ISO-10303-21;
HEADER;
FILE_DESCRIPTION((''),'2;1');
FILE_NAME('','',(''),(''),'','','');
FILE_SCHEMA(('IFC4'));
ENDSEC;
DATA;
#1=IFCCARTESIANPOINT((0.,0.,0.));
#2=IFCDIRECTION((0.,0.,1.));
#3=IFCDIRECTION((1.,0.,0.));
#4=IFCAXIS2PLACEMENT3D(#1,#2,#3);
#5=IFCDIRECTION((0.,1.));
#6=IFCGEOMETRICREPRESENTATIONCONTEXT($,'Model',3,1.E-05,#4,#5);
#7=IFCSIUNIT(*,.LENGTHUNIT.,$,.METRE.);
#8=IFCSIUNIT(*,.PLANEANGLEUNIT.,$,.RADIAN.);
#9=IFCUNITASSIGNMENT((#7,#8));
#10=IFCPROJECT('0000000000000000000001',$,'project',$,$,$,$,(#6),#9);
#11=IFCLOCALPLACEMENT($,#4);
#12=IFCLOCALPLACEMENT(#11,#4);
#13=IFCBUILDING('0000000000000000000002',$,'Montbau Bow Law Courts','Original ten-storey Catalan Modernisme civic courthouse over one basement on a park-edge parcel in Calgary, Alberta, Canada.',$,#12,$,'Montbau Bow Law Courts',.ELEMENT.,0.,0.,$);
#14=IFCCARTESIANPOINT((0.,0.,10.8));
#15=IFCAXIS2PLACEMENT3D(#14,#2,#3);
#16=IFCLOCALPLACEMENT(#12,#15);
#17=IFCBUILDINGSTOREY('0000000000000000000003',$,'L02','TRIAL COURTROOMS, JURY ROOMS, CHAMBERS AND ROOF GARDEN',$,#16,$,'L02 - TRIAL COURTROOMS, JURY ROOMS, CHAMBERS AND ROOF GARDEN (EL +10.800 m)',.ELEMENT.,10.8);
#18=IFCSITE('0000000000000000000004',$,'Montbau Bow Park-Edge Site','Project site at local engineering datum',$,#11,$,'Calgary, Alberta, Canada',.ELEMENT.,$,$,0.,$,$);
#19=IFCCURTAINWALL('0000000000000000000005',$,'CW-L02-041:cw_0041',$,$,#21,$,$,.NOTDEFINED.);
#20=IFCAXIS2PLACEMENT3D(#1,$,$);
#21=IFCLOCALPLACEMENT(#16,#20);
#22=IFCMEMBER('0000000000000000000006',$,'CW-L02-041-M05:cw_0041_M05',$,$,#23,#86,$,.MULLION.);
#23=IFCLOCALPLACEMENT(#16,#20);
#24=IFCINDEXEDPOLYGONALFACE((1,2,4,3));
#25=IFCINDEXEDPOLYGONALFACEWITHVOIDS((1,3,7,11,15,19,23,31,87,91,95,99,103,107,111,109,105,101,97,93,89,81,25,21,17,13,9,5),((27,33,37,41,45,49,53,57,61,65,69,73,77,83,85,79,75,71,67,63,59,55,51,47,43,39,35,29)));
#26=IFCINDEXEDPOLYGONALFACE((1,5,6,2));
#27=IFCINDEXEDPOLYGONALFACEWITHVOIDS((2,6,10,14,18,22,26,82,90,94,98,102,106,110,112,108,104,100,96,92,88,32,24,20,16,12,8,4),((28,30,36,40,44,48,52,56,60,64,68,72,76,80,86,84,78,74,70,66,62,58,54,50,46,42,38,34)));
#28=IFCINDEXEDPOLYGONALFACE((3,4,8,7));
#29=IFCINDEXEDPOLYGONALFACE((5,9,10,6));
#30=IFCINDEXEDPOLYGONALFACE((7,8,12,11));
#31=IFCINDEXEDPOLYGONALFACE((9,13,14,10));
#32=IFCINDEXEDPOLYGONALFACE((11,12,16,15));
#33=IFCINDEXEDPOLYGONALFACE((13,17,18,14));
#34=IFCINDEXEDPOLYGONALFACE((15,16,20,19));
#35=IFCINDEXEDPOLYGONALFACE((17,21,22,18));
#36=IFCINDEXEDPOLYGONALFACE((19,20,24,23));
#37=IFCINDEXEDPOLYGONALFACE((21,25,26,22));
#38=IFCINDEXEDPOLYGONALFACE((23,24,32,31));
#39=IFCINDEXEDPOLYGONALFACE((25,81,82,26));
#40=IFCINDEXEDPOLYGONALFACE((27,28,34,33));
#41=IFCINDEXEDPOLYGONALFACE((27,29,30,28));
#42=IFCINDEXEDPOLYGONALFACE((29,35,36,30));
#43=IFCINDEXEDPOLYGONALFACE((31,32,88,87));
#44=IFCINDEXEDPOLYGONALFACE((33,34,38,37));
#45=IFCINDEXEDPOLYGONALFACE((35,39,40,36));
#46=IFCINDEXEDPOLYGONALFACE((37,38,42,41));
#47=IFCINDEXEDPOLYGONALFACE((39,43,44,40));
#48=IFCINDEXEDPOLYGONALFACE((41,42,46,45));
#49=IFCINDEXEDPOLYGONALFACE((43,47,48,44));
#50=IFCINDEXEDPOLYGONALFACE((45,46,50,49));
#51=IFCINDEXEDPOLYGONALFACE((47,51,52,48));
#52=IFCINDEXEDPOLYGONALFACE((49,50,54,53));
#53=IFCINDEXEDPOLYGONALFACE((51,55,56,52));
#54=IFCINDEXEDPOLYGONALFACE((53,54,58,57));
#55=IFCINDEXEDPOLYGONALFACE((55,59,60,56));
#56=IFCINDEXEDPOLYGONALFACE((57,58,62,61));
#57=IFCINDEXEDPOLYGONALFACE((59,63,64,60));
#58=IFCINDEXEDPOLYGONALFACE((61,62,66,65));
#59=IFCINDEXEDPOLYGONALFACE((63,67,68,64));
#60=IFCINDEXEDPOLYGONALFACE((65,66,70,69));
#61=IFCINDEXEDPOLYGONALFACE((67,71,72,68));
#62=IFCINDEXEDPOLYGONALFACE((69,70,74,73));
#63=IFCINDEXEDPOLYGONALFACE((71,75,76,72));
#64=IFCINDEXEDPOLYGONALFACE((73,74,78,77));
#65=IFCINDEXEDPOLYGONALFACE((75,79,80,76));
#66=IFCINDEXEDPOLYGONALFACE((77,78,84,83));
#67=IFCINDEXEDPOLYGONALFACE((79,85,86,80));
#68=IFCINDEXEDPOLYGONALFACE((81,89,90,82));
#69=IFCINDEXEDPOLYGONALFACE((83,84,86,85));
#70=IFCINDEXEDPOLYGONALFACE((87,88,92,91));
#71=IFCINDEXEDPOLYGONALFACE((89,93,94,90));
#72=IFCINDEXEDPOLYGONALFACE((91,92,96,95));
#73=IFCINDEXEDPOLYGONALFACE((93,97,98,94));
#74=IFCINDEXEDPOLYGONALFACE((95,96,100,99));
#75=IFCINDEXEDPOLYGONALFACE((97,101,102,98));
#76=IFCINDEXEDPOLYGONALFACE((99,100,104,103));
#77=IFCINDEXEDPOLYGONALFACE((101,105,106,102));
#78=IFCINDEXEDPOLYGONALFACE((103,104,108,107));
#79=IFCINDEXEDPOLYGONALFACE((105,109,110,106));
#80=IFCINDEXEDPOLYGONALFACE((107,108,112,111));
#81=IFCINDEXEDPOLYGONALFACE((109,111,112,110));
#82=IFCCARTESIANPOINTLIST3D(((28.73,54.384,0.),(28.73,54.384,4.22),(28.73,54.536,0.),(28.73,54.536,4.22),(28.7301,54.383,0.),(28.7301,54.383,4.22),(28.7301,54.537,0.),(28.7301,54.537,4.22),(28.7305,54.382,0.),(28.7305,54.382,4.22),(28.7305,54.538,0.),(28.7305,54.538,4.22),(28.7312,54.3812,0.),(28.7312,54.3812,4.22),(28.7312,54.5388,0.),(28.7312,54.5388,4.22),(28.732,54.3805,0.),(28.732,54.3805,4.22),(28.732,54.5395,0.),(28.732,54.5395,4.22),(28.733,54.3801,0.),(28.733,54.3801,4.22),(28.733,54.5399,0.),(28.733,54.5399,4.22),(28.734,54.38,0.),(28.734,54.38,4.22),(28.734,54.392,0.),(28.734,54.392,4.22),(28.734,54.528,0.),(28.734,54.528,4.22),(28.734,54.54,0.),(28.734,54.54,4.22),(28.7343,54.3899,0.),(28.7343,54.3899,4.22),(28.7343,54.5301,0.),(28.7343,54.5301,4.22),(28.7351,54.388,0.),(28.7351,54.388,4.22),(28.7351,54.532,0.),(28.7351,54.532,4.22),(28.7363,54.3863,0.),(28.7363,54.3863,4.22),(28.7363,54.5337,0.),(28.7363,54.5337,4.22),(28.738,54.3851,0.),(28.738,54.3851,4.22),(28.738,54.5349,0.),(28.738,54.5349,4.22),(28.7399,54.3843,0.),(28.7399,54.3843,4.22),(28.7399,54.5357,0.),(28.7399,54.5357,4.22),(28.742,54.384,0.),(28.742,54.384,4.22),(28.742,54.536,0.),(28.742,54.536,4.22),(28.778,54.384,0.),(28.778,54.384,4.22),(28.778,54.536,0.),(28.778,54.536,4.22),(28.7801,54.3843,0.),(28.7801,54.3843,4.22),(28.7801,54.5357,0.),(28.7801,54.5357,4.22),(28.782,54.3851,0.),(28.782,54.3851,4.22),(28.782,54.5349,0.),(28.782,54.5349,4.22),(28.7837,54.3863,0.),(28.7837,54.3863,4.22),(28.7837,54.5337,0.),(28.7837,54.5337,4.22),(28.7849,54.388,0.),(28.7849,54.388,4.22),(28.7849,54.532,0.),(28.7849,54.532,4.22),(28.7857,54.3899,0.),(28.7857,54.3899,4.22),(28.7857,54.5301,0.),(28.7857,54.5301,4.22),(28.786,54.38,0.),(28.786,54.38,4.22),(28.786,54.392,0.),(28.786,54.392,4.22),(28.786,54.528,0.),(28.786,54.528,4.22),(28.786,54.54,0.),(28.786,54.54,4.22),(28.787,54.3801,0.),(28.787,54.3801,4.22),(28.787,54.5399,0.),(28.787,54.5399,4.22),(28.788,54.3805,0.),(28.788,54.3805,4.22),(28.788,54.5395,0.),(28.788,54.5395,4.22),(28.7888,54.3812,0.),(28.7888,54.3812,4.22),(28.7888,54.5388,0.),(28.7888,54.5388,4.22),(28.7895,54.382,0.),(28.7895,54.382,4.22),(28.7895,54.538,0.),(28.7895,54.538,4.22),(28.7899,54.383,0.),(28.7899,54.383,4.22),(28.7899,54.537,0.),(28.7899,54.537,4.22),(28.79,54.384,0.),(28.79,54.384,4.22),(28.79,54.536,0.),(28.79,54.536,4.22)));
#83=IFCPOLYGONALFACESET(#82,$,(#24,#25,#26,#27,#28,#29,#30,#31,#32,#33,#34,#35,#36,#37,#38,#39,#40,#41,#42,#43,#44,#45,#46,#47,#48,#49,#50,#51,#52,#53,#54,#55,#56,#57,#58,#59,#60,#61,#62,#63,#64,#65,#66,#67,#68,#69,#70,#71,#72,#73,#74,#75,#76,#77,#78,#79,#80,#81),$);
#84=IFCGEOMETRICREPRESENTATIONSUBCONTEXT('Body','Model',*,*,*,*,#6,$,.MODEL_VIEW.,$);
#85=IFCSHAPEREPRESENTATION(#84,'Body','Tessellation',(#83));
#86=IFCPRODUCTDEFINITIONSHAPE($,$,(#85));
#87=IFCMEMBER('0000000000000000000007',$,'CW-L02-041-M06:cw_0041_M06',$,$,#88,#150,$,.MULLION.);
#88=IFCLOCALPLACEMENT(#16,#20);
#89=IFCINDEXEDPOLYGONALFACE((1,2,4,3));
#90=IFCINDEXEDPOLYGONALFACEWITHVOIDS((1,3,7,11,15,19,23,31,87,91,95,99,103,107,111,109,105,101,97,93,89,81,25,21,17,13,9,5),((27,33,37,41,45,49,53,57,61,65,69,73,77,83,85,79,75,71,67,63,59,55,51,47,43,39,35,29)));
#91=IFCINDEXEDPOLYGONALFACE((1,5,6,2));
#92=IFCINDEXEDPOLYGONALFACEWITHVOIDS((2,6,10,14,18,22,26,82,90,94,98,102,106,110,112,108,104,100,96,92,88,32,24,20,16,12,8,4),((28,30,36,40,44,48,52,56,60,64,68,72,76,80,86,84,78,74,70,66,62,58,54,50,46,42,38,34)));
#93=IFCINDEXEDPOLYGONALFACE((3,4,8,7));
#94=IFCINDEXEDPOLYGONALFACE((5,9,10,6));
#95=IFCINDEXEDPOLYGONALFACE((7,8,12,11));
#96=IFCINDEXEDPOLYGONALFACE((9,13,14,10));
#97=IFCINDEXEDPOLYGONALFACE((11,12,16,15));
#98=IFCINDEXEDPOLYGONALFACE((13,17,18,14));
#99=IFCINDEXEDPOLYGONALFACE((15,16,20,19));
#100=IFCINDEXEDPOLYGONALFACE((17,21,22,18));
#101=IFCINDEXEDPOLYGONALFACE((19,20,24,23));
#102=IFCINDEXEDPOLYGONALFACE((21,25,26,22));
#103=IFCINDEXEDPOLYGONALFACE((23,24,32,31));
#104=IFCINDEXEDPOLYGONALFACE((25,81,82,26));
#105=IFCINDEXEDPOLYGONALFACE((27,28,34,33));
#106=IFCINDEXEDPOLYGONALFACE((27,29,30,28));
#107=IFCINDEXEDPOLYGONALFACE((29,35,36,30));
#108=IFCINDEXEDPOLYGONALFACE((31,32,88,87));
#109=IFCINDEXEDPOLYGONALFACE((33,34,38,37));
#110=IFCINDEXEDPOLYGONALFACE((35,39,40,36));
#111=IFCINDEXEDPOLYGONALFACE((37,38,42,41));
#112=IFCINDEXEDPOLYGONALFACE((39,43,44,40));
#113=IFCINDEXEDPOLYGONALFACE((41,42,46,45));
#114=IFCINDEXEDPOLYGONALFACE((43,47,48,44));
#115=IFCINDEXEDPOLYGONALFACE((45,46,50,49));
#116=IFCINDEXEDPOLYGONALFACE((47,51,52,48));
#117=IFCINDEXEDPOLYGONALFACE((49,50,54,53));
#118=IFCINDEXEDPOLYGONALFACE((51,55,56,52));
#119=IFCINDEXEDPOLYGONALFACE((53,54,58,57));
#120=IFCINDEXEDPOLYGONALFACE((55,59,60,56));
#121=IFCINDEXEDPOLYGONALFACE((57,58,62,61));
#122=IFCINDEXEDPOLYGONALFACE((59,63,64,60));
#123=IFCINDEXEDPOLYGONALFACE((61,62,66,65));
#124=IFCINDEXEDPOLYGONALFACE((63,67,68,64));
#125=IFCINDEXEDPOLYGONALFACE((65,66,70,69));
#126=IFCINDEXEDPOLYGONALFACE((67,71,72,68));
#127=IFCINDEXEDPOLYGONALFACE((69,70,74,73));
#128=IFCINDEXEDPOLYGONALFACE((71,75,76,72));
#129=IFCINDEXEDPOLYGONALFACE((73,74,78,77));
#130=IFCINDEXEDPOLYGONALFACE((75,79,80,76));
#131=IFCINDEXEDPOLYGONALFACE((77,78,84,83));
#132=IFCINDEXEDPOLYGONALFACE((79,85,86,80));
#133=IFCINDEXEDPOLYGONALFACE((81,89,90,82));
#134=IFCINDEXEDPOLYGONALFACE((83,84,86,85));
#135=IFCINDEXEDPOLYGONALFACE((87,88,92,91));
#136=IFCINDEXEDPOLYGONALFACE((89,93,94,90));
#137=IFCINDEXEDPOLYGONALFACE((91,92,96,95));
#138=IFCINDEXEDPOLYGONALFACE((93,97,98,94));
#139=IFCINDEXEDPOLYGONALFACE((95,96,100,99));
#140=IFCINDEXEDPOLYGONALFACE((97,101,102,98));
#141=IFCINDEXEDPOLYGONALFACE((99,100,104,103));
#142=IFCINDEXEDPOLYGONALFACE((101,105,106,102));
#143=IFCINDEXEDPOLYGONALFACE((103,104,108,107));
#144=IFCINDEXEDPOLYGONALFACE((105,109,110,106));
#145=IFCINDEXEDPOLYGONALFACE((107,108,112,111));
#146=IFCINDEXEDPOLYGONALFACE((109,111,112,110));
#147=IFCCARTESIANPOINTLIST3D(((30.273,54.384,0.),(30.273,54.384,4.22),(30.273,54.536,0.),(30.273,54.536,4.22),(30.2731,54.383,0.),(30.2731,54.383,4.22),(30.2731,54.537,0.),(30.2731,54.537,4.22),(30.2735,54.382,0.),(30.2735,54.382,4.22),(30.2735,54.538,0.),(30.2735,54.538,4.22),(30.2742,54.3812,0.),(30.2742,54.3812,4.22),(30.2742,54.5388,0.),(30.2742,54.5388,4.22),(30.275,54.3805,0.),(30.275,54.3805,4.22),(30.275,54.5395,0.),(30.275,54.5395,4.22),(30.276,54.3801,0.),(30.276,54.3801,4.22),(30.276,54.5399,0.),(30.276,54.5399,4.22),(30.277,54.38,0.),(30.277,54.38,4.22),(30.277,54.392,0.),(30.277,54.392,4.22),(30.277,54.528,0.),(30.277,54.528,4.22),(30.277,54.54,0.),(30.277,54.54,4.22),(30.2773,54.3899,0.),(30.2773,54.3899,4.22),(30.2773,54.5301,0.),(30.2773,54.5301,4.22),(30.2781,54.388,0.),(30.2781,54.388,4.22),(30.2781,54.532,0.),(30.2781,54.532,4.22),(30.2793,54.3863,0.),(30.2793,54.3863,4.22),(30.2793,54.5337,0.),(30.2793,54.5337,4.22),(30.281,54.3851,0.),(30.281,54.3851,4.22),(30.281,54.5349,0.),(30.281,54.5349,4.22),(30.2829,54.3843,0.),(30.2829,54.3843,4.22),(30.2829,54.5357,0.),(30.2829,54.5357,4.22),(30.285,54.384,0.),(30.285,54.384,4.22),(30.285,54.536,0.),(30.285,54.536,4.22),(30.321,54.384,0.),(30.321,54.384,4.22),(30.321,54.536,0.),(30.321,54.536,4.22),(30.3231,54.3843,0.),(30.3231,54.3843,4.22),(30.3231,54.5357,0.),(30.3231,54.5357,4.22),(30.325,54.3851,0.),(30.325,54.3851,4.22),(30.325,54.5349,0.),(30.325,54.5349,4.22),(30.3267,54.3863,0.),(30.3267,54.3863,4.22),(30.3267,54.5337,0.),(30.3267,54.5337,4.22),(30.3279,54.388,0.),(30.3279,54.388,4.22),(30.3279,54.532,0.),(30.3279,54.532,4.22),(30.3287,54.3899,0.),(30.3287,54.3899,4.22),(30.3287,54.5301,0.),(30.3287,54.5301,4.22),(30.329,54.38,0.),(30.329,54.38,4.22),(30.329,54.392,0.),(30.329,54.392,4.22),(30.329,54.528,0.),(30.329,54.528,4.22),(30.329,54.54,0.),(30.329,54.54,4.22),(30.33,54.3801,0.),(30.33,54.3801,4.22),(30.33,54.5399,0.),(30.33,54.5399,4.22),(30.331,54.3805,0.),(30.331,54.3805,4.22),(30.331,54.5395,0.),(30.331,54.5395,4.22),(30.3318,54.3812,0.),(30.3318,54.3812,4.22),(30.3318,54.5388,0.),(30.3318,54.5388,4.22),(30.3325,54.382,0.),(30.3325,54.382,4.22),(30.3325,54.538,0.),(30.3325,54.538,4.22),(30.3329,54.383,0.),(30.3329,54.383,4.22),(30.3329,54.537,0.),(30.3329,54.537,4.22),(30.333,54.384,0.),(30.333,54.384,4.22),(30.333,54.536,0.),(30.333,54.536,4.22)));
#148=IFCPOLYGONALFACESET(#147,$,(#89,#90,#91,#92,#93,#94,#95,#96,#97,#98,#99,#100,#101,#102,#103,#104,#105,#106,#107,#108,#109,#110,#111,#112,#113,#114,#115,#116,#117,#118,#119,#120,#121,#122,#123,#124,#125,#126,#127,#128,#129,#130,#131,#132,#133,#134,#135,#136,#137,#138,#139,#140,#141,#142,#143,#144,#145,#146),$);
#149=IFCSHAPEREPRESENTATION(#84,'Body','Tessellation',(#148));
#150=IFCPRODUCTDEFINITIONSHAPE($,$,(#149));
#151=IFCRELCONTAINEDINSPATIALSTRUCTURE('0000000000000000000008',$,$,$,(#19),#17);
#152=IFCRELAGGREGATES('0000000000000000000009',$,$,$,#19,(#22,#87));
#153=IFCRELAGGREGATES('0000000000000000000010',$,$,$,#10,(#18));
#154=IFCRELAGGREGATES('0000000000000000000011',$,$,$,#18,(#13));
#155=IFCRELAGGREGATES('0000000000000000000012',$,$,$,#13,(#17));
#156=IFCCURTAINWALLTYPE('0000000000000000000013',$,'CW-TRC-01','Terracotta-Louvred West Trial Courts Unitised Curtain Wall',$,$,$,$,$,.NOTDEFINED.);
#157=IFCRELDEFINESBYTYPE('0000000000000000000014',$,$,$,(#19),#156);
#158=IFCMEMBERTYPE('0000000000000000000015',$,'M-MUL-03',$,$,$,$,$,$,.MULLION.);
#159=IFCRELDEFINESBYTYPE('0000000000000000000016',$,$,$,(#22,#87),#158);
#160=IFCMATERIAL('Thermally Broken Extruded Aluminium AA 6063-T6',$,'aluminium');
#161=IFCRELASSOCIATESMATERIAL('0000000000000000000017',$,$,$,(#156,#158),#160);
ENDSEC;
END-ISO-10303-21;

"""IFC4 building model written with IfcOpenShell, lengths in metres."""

from ifc_helpers import new_model, si_unit, direction, frame, origin_with_axes, origin_2d_with_axis, place, context, subcontext, project, spatial, hollow_rectangle, extrude, material, material_profile, profile_set, type_object, element, aggregate, save


model = new_model("IFC4")

# Units and contexts
model_context = context("Model", 3, precision=1e-05, world=origin_with_axes(), true_north=direction((0.0, 1.0)))
body_context = subcontext(model_context, "Body", "Model", "MODEL_VIEW")
ifc_project = project(units=[si_unit("LENGTHUNIT", "METRE"), si_unit("PLANEANGLEUNIT", "RADIAN")], contexts=[model_context])

# Site, building, storey
site_placement = place(None, origin_with_axes())
site = spatial("IfcSite", under=ifc_project, at=site_placement, Name="Montbau Bow Park-Edge Site", Description="Project site at local engineering datum", LongName="Calgary, Alberta, Canada", CompositionType="ELEMENT", RefElevation=0.0)
building_placement = place(site_placement, origin_with_axes())
building = spatial("IfcBuilding", under=site, at=building_placement, Name="Montbau Bow Law Courts", Description="Original ten-storey Catalan Modernisme civic courthouse over one basement on a park-edge parcel in Calgary, Alberta, Canada.", LongName="Montbau Bow Law Courts", CompositionType="ELEMENT", ElevationOfRefHeight=0.0, ElevationOfTerrain=0.0)
storey_placement = place(building_placement, frame((0.0, 0.0, 10.8), z_axis=(0.0, 0.0, 1.0), x_axis=(1.0, 0.0, 0.0)))
storey = spatial("IfcBuildingStorey", under=building, at=storey_placement, Name="L02", Description="TRIAL COURTROOMS, JURY ROOMS, CHAMBERS AND ROOF GARDEN", LongName="L02 - TRIAL COURTROOMS, JURY ROOMS, CHAMBERS AND ROOF GARDEN (EL +10.800 m)", CompositionType="ELEMENT", Elevation=10.8)

# Curtain wall, members
ifc_material_1 = material(Name="Thermally Broken Extruded Aluminium AA 6063-T6", Category="aluminium")
curtain_wall_type = type_object("IfcCurtainWallType", Name="CW-TRC-01", Description="Terracotta-Louvred West Trial Courts Unitised Curtain Wall", PredefinedType="NOTDEFINED", material=ifc_material_1)
curtain_wall_1_placement = place(None, frame((22.467, 54.46, 10.8), z_axis=(0.0, 0.0, 1.0), x_axis=(1.0, 0.0, 0.0)))
curtain_wall_1 = element("IfcCurtainWall", 1, at=curtain_wall_1_placement, inside=storey, type_object=curtain_wall_type, Name="CW-L02-041:cw_0041", PredefinedType="NOTDEFINED")
ifc_material_profile_1 = material_profile(ifc_material_1, hollow_rectangle(XDim=0.06, YDim=0.16, WallThickness=0.004, InnerFilletRadius=0.008, OuterFilletRadius=0.004, at=origin_2d_with_axis()), Name="CWM-160X60", Category="Main", Priority=0)
ifc_profile_set_1 = profile_set([ifc_material_profile_1], Name="Thermally Broken Extruded Aluminium AA 6063-T6")
member_type_1 = type_object("IfcMemberType", Name="M-MUL-03", PredefinedType="MULLION", material=ifc_profile_set_1)
member_1_placement = place(None, frame((28.76, 54.46, 10.8), z_axis=(0.0, 0.0, 1.0), x_axis=(1.0, 0.0, 0.0)))
member_1 = element("IfcMember", 2, at=member_1_placement, type_object=member_type_1, Name="CW-L02-041-M05:cw_0041_M05", PredefinedType="MULLION", context=body_context, shape_type="SweptSolid", body=[
    extrude(hollow_rectangle(XDim=0.06, YDim=0.16, WallThickness=0.004, InnerFilletRadius=0.008, OuterFilletRadius=0.004, at=origin_2d_with_axis()), origin_with_axes(), (0.0, 0.0, 1.0), 4.22),
])
member_2_placement = place(None, frame((30.303, 54.46, 10.8), z_axis=(0.0, 0.0, 1.0), x_axis=(1.0, 0.0, 0.0)))
member_2 = element("IfcMember", 3, at=member_2_placement, type_object=member_type_1, Name="CW-L02-041-M06:cw_0041_M06", PredefinedType="MULLION", context=body_context, shape_type="SweptSolid", body=[
    extrude(hollow_rectangle(XDim=0.06, YDim=0.16, WallThickness=0.004, InnerFilletRadius=0.008, OuterFilletRadius=0.004, at=origin_2d_with_axis()), origin_with_axes(), (0.0, 0.0, 1.0), 4.22),
])

aggregate(curtain_wall_1, [member_1, member_2])

save(model, "model.ifc")
